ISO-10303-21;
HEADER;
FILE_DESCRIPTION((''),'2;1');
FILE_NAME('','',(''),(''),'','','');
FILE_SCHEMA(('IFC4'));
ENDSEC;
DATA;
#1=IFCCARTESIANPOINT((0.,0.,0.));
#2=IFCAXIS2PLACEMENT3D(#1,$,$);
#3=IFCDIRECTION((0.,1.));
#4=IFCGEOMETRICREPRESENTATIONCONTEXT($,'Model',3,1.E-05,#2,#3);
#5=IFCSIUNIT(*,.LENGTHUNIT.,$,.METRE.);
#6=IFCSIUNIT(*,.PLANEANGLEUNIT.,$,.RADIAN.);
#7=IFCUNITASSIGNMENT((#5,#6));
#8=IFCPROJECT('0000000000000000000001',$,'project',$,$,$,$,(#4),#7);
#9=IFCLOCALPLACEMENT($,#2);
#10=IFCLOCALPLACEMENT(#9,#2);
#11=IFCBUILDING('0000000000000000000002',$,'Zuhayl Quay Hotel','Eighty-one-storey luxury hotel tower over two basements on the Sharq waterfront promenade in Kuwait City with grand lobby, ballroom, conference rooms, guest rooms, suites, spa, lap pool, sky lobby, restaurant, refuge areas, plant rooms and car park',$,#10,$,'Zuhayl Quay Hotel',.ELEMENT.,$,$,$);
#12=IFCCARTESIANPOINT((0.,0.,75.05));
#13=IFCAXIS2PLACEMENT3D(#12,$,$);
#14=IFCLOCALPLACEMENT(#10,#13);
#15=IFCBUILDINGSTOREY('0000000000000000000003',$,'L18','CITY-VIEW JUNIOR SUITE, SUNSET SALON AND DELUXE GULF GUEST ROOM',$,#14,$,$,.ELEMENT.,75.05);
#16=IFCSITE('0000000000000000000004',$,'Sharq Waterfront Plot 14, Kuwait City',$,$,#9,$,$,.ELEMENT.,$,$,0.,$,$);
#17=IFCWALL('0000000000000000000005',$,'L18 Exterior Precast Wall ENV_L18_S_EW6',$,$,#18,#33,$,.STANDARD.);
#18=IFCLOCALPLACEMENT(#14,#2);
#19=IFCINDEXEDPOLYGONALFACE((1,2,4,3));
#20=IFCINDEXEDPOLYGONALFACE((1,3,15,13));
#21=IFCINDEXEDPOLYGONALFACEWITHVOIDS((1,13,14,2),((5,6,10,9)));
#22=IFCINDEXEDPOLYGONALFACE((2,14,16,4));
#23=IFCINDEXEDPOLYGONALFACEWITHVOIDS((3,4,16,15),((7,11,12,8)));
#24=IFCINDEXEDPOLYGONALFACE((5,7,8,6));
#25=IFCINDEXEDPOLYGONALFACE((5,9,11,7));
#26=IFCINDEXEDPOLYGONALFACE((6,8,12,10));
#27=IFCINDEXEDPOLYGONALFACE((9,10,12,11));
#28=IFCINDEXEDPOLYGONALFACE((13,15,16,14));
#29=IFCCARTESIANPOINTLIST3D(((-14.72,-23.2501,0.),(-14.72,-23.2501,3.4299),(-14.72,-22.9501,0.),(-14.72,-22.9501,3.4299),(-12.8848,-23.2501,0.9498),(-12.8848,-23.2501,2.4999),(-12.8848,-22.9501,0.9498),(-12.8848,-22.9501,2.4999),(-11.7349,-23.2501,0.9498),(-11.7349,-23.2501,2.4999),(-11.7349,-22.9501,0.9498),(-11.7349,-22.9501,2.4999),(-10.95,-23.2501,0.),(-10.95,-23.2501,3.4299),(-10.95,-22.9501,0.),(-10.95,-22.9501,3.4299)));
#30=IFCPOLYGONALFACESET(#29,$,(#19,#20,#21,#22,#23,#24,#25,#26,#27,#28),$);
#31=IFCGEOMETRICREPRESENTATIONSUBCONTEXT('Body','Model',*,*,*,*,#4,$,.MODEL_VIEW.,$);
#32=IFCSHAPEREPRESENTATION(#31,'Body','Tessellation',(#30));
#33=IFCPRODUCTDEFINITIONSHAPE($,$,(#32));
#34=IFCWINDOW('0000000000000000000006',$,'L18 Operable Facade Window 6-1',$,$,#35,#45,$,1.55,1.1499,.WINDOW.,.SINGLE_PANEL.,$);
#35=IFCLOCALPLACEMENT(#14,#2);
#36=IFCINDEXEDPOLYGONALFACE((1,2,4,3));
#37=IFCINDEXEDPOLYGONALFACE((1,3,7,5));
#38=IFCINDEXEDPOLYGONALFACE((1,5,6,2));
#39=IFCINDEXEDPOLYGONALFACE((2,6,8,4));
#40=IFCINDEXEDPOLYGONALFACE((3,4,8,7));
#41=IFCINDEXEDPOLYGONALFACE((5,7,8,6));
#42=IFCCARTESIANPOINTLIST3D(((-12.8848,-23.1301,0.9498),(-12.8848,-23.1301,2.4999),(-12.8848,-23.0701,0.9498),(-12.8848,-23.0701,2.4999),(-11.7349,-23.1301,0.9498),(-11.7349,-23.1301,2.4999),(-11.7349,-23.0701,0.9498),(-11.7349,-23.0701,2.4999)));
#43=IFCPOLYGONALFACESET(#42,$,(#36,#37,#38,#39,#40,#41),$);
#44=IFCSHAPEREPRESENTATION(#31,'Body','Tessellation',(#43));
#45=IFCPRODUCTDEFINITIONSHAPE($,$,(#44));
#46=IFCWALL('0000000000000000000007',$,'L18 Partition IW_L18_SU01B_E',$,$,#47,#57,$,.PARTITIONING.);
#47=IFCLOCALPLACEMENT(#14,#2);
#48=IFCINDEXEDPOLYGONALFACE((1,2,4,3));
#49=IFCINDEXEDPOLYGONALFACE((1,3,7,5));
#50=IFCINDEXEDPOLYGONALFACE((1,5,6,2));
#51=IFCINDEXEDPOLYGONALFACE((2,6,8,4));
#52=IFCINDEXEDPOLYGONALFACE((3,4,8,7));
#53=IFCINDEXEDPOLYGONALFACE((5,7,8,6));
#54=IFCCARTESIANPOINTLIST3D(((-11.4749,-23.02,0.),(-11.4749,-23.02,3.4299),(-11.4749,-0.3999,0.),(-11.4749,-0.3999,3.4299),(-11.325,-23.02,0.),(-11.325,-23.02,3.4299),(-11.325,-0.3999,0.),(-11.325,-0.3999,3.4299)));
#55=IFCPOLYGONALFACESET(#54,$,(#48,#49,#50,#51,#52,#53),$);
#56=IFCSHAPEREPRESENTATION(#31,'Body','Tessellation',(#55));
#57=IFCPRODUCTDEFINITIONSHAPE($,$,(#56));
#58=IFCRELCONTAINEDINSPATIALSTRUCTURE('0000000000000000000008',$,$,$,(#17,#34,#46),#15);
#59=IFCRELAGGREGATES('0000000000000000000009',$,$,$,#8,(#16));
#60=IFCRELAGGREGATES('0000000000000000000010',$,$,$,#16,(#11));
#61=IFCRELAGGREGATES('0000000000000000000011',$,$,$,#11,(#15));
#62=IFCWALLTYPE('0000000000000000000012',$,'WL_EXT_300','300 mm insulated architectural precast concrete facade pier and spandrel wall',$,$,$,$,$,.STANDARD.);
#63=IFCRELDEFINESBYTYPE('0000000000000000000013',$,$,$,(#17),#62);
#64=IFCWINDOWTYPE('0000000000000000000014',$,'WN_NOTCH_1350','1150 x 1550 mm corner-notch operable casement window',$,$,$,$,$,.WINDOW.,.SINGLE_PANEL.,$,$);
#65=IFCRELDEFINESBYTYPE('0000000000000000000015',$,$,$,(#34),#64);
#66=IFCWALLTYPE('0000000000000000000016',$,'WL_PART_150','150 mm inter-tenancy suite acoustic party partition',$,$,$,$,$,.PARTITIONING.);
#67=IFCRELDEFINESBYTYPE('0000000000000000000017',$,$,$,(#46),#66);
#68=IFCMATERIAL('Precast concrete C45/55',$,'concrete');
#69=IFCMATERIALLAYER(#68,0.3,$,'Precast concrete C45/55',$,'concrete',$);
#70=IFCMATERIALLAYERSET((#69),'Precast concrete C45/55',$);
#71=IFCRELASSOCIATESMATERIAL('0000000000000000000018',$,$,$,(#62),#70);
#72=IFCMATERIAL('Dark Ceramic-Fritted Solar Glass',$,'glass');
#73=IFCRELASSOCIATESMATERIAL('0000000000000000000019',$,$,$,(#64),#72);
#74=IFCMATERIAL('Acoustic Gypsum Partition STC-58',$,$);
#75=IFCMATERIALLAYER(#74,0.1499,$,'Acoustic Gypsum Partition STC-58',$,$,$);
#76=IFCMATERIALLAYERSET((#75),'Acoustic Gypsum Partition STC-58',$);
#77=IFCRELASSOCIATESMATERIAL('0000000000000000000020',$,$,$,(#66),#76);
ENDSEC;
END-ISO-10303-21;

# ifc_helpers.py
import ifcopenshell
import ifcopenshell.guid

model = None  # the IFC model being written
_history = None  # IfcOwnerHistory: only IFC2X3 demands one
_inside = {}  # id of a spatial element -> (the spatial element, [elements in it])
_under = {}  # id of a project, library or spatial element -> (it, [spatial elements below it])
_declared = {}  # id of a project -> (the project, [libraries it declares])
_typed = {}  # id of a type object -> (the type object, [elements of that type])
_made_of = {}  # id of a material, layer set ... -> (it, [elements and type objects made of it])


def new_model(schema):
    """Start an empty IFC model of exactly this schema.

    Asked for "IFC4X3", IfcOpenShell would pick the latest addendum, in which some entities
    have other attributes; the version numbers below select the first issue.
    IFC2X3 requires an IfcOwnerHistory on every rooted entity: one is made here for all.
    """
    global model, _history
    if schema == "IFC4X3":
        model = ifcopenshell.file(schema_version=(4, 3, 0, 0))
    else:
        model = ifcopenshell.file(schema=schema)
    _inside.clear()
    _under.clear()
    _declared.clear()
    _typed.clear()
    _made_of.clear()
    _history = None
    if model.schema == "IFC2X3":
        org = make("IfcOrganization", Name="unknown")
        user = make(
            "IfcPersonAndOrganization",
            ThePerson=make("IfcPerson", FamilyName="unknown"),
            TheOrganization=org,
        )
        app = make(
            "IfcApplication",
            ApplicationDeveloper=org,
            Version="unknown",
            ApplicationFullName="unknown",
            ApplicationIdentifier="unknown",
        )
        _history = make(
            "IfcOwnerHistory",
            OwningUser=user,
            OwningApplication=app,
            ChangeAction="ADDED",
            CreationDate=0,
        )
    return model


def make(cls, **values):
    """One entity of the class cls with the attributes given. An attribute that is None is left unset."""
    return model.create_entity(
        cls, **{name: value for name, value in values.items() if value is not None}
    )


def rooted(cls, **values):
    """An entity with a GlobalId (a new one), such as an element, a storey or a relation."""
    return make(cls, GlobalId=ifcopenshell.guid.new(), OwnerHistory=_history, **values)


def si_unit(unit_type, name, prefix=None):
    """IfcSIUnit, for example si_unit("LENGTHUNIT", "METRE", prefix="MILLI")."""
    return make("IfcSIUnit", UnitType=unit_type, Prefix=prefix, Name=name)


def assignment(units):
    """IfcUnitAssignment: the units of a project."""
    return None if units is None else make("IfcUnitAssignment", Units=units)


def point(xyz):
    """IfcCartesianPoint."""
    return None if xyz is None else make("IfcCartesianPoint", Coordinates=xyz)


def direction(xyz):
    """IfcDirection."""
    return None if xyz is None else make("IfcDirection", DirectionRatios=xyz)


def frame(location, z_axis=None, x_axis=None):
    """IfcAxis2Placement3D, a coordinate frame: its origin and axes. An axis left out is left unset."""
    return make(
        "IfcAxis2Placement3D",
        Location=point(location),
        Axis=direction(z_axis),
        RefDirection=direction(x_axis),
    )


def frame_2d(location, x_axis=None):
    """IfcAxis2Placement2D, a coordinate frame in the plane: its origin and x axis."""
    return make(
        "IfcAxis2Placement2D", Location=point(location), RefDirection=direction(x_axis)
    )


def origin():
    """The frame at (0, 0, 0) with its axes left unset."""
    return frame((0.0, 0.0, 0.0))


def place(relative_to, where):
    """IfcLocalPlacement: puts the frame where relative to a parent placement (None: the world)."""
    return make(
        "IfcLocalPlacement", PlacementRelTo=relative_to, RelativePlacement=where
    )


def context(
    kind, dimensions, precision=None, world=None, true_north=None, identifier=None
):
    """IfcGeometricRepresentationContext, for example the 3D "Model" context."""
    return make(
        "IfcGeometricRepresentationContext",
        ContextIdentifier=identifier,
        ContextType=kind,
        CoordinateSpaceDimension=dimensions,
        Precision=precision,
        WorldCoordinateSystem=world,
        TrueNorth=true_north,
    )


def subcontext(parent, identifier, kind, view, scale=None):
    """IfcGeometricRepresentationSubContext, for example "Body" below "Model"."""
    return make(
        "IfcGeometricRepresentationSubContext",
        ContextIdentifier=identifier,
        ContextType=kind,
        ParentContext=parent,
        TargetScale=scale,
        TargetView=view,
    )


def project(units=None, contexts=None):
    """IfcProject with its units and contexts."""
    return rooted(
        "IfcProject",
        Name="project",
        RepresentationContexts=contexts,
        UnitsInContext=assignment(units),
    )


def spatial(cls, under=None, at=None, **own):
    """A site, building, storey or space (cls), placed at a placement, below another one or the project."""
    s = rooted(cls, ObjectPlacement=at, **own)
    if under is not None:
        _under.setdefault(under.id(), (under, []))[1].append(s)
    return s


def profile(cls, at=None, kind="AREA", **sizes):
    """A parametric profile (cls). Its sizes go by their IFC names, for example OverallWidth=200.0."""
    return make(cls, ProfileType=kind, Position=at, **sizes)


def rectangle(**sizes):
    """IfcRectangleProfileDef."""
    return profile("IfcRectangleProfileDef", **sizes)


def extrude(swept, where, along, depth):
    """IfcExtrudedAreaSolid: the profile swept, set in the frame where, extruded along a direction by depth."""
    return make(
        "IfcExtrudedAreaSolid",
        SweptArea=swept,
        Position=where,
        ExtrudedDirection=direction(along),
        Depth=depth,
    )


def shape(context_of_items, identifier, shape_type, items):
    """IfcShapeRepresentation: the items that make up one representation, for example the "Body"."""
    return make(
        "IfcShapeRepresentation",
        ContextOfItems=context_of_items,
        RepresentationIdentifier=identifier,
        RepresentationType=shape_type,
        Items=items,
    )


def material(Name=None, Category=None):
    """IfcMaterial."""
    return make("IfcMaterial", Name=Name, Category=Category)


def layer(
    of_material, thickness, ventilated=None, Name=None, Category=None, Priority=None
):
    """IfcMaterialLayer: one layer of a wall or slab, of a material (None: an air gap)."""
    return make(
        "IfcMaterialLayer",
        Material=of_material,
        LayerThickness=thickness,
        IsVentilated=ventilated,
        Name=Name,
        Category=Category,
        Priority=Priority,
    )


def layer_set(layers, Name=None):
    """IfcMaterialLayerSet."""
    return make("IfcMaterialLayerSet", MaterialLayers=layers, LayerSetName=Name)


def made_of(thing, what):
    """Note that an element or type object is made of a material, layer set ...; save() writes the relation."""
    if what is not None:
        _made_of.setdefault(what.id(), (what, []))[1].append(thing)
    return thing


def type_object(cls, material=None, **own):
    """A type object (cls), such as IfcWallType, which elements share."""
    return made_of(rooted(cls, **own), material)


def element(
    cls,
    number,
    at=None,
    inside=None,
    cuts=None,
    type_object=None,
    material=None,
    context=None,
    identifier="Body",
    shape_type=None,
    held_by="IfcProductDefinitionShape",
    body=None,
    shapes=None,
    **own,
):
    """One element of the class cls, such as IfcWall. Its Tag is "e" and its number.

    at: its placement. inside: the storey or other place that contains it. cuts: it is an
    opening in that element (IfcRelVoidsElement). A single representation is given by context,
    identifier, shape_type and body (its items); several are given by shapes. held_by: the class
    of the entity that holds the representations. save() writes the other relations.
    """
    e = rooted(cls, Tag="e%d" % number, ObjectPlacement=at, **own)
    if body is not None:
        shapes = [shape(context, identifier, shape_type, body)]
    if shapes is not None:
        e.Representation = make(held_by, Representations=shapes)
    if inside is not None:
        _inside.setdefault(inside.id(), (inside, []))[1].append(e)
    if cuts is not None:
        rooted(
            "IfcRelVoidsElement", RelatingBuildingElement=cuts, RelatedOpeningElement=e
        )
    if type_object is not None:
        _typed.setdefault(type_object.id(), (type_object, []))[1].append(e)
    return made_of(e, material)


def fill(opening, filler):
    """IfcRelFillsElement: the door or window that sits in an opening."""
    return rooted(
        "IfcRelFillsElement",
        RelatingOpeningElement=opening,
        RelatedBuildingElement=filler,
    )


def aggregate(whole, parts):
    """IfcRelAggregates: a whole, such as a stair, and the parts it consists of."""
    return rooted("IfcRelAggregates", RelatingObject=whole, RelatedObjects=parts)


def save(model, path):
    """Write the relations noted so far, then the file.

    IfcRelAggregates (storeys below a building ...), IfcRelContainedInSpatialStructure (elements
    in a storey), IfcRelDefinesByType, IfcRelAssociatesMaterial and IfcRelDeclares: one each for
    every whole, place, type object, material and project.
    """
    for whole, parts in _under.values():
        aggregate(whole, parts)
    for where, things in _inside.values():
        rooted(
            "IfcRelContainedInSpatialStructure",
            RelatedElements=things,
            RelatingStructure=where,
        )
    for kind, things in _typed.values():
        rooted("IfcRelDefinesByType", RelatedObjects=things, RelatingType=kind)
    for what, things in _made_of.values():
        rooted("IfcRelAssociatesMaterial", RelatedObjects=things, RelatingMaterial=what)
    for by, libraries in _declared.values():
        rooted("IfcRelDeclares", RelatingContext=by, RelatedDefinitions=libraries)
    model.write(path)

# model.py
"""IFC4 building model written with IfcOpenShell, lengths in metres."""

from ifc_helpers import new_model, si_unit, direction, frame, frame_2d, origin, place, context, subcontext, project, spatial, rectangle, extrude, material, layer, layer_set, type_object, element, fill, save


model = new_model("IFC4")

# Units and contexts
model_context = context("Model", 3, precision=1e-05, world=origin(), true_north=direction((0.0, 1.0)))
body_context = subcontext(model_context, "Body", "Model", "MODEL_VIEW")
ifc_project = project(units=[si_unit("LENGTHUNIT", "METRE"), si_unit("PLANEANGLEUNIT", "RADIAN")], contexts=[model_context])

# Site, building, storey
site_placement = place(None, origin())
site = spatial("IfcSite", under=ifc_project, at=site_placement, Name="Sharq Waterfront Plot 14, Kuwait City", CompositionType="ELEMENT", RefElevation=0.0)
building_placement = place(site_placement, origin())
building = spatial("IfcBuilding", under=site, at=building_placement, Name="Zuhayl Quay Hotel", Description="Eighty-one-storey luxury hotel tower over two basements on the Sharq waterfront promenade in Kuwait City with grand lobby, ballroom, conference rooms, guest rooms, suites, spa, lap pool, sky lobby, restaurant, refuge areas, plant rooms and car park", LongName="Zuhayl Quay Hotel", CompositionType="ELEMENT")
storey_placement = place(building_placement, frame((0.0, 0.0, 75.05)))
storey = spatial("IfcBuildingStorey", under=building, at=storey_placement, Name="L18", Description="CITY-VIEW JUNIOR SUITE, SUNSET SALON AND DELUXE GULF GUEST ROOM", CompositionType="ELEMENT", Elevation=75.05)

# Shared definitions
ifc_material_1 = material(Name="Dark Ceramic-Fritted Solar Glass", Category="glass")

# Shared definitions
ifc_material_2 = material(Name="Precast concrete C45/55", Category="concrete")
ifc_layer_1 = layer(ifc_material_2, 0.3, Name="Precast concrete C45/55", Category="concrete")
ifc_layer_set_1 = layer_set([ifc_layer_1], Name="Precast concrete C45/55")
wall_type_1 = type_object("IfcWallType", Name="WL_EXT_300", Description="300 mm insulated architectural precast concrete facade pier and spandrel wall", PredefinedType="STANDARD", material=ifc_layer_set_1)

# Wall, opening, window
wall_1_placement = place(storey_placement, frame((-10.95, -23.1001, 0.0), z_axis=(0.0, 0.0, 1.0), x_axis=(-1.0, 0.0, 0.0)))
wall_1 = element("IfcWall", 1, at=wall_1_placement, inside=storey, type_object=wall_type_1, Name="L18 Exterior Precast Wall ENV_L18_S_EW6", PredefinedType="STANDARD", context=body_context, shape_type="SweptSolid", body=[
    extrude(rectangle(XDim=3.77, YDim=0.3, at=frame_2d((1.885, 0.0))), origin(), (0.0, 0.0, 1.0), 3.4299),
])
opening_placement = place(wall_1_placement, frame((0.7849, 0.0, 0.95)))
opening = element("IfcOpeningElement", 2, at=opening_placement, cuts=wall_1, PredefinedType="OPENING", context=body_context, shape_type="SweptSolid", body=[
    extrude(rectangle(XDim=1.1499, YDim=1.55, at=frame_2d((0.575, 0.7749))), frame((0.0, 0.1599, 0.0), z_axis=(0.0, -1.0, 0.0), x_axis=(1.0, 0.0, 0.0)), (0.0, 0.0, 1.0), 0.3201),
])
window_type = type_object("IfcWindowType", Name="WN_NOTCH_1350", Description="1150 x 1550 mm corner-notch operable casement window", PartitioningType="SINGLE_PANEL", PredefinedType="WINDOW", material=ifc_material_1)
window_placement = place(opening_placement, origin())
window = element("IfcWindow", 3, at=window_placement, inside=storey, type_object=window_type, Name="L18 Operable Facade Window 6-1", OverallHeight=1.55, OverallWidth=1.1499, PartitioningType="SINGLE_PANEL", PredefinedType="WINDOW", context=body_context, shape_type="SweptSolid", body=[
    extrude(rectangle(XDim=1.1499, YDim=1.55, at=frame_2d((0.575, 0.7749))), frame((0.0, 0.03, 0.0), z_axis=(0.0, -1.0, 0.0), x_axis=(1.0, 0.0, 0.0)), (0.0, 0.0, 1.0), 0.0601),
])
fill(opening, window)

# Wall
ifc_material_3 = material(Name="Acoustic Gypsum Partition STC-58")
ifc_layer_2 = layer(ifc_material_3, 0.1499, Name="Acoustic Gypsum Partition STC-58")
ifc_layer_set_2 = layer_set([ifc_layer_2], Name="Acoustic Gypsum Partition STC-58")
wall_type_2 = type_object("IfcWallType", Name="WL_PART_150", Description="150 mm inter-tenancy suite acoustic party partition", PredefinedType="PARTITIONING", material=ifc_layer_set_2)
wall_2_placement = place(storey_placement, frame((-11.3999, -23.02, 0.0), z_axis=(0.0, 0.0, 1.0), x_axis=(0.0, 1.0, 0.0)))
element("IfcWall", 4, at=wall_2_placement, inside=storey, type_object=wall_type_2, Name="L18 Partition IW_L18_SU01B_E", PredefinedType="PARTITIONING", context=body_context, shape_type="SweptSolid", body=[
    extrude(rectangle(XDim=22.6201, YDim=0.1499, at=frame_2d((11.3101, 0.0))), origin(), (0.0, 0.0, 1.0), 3.4299),
])

save(model, "model.ifc")
